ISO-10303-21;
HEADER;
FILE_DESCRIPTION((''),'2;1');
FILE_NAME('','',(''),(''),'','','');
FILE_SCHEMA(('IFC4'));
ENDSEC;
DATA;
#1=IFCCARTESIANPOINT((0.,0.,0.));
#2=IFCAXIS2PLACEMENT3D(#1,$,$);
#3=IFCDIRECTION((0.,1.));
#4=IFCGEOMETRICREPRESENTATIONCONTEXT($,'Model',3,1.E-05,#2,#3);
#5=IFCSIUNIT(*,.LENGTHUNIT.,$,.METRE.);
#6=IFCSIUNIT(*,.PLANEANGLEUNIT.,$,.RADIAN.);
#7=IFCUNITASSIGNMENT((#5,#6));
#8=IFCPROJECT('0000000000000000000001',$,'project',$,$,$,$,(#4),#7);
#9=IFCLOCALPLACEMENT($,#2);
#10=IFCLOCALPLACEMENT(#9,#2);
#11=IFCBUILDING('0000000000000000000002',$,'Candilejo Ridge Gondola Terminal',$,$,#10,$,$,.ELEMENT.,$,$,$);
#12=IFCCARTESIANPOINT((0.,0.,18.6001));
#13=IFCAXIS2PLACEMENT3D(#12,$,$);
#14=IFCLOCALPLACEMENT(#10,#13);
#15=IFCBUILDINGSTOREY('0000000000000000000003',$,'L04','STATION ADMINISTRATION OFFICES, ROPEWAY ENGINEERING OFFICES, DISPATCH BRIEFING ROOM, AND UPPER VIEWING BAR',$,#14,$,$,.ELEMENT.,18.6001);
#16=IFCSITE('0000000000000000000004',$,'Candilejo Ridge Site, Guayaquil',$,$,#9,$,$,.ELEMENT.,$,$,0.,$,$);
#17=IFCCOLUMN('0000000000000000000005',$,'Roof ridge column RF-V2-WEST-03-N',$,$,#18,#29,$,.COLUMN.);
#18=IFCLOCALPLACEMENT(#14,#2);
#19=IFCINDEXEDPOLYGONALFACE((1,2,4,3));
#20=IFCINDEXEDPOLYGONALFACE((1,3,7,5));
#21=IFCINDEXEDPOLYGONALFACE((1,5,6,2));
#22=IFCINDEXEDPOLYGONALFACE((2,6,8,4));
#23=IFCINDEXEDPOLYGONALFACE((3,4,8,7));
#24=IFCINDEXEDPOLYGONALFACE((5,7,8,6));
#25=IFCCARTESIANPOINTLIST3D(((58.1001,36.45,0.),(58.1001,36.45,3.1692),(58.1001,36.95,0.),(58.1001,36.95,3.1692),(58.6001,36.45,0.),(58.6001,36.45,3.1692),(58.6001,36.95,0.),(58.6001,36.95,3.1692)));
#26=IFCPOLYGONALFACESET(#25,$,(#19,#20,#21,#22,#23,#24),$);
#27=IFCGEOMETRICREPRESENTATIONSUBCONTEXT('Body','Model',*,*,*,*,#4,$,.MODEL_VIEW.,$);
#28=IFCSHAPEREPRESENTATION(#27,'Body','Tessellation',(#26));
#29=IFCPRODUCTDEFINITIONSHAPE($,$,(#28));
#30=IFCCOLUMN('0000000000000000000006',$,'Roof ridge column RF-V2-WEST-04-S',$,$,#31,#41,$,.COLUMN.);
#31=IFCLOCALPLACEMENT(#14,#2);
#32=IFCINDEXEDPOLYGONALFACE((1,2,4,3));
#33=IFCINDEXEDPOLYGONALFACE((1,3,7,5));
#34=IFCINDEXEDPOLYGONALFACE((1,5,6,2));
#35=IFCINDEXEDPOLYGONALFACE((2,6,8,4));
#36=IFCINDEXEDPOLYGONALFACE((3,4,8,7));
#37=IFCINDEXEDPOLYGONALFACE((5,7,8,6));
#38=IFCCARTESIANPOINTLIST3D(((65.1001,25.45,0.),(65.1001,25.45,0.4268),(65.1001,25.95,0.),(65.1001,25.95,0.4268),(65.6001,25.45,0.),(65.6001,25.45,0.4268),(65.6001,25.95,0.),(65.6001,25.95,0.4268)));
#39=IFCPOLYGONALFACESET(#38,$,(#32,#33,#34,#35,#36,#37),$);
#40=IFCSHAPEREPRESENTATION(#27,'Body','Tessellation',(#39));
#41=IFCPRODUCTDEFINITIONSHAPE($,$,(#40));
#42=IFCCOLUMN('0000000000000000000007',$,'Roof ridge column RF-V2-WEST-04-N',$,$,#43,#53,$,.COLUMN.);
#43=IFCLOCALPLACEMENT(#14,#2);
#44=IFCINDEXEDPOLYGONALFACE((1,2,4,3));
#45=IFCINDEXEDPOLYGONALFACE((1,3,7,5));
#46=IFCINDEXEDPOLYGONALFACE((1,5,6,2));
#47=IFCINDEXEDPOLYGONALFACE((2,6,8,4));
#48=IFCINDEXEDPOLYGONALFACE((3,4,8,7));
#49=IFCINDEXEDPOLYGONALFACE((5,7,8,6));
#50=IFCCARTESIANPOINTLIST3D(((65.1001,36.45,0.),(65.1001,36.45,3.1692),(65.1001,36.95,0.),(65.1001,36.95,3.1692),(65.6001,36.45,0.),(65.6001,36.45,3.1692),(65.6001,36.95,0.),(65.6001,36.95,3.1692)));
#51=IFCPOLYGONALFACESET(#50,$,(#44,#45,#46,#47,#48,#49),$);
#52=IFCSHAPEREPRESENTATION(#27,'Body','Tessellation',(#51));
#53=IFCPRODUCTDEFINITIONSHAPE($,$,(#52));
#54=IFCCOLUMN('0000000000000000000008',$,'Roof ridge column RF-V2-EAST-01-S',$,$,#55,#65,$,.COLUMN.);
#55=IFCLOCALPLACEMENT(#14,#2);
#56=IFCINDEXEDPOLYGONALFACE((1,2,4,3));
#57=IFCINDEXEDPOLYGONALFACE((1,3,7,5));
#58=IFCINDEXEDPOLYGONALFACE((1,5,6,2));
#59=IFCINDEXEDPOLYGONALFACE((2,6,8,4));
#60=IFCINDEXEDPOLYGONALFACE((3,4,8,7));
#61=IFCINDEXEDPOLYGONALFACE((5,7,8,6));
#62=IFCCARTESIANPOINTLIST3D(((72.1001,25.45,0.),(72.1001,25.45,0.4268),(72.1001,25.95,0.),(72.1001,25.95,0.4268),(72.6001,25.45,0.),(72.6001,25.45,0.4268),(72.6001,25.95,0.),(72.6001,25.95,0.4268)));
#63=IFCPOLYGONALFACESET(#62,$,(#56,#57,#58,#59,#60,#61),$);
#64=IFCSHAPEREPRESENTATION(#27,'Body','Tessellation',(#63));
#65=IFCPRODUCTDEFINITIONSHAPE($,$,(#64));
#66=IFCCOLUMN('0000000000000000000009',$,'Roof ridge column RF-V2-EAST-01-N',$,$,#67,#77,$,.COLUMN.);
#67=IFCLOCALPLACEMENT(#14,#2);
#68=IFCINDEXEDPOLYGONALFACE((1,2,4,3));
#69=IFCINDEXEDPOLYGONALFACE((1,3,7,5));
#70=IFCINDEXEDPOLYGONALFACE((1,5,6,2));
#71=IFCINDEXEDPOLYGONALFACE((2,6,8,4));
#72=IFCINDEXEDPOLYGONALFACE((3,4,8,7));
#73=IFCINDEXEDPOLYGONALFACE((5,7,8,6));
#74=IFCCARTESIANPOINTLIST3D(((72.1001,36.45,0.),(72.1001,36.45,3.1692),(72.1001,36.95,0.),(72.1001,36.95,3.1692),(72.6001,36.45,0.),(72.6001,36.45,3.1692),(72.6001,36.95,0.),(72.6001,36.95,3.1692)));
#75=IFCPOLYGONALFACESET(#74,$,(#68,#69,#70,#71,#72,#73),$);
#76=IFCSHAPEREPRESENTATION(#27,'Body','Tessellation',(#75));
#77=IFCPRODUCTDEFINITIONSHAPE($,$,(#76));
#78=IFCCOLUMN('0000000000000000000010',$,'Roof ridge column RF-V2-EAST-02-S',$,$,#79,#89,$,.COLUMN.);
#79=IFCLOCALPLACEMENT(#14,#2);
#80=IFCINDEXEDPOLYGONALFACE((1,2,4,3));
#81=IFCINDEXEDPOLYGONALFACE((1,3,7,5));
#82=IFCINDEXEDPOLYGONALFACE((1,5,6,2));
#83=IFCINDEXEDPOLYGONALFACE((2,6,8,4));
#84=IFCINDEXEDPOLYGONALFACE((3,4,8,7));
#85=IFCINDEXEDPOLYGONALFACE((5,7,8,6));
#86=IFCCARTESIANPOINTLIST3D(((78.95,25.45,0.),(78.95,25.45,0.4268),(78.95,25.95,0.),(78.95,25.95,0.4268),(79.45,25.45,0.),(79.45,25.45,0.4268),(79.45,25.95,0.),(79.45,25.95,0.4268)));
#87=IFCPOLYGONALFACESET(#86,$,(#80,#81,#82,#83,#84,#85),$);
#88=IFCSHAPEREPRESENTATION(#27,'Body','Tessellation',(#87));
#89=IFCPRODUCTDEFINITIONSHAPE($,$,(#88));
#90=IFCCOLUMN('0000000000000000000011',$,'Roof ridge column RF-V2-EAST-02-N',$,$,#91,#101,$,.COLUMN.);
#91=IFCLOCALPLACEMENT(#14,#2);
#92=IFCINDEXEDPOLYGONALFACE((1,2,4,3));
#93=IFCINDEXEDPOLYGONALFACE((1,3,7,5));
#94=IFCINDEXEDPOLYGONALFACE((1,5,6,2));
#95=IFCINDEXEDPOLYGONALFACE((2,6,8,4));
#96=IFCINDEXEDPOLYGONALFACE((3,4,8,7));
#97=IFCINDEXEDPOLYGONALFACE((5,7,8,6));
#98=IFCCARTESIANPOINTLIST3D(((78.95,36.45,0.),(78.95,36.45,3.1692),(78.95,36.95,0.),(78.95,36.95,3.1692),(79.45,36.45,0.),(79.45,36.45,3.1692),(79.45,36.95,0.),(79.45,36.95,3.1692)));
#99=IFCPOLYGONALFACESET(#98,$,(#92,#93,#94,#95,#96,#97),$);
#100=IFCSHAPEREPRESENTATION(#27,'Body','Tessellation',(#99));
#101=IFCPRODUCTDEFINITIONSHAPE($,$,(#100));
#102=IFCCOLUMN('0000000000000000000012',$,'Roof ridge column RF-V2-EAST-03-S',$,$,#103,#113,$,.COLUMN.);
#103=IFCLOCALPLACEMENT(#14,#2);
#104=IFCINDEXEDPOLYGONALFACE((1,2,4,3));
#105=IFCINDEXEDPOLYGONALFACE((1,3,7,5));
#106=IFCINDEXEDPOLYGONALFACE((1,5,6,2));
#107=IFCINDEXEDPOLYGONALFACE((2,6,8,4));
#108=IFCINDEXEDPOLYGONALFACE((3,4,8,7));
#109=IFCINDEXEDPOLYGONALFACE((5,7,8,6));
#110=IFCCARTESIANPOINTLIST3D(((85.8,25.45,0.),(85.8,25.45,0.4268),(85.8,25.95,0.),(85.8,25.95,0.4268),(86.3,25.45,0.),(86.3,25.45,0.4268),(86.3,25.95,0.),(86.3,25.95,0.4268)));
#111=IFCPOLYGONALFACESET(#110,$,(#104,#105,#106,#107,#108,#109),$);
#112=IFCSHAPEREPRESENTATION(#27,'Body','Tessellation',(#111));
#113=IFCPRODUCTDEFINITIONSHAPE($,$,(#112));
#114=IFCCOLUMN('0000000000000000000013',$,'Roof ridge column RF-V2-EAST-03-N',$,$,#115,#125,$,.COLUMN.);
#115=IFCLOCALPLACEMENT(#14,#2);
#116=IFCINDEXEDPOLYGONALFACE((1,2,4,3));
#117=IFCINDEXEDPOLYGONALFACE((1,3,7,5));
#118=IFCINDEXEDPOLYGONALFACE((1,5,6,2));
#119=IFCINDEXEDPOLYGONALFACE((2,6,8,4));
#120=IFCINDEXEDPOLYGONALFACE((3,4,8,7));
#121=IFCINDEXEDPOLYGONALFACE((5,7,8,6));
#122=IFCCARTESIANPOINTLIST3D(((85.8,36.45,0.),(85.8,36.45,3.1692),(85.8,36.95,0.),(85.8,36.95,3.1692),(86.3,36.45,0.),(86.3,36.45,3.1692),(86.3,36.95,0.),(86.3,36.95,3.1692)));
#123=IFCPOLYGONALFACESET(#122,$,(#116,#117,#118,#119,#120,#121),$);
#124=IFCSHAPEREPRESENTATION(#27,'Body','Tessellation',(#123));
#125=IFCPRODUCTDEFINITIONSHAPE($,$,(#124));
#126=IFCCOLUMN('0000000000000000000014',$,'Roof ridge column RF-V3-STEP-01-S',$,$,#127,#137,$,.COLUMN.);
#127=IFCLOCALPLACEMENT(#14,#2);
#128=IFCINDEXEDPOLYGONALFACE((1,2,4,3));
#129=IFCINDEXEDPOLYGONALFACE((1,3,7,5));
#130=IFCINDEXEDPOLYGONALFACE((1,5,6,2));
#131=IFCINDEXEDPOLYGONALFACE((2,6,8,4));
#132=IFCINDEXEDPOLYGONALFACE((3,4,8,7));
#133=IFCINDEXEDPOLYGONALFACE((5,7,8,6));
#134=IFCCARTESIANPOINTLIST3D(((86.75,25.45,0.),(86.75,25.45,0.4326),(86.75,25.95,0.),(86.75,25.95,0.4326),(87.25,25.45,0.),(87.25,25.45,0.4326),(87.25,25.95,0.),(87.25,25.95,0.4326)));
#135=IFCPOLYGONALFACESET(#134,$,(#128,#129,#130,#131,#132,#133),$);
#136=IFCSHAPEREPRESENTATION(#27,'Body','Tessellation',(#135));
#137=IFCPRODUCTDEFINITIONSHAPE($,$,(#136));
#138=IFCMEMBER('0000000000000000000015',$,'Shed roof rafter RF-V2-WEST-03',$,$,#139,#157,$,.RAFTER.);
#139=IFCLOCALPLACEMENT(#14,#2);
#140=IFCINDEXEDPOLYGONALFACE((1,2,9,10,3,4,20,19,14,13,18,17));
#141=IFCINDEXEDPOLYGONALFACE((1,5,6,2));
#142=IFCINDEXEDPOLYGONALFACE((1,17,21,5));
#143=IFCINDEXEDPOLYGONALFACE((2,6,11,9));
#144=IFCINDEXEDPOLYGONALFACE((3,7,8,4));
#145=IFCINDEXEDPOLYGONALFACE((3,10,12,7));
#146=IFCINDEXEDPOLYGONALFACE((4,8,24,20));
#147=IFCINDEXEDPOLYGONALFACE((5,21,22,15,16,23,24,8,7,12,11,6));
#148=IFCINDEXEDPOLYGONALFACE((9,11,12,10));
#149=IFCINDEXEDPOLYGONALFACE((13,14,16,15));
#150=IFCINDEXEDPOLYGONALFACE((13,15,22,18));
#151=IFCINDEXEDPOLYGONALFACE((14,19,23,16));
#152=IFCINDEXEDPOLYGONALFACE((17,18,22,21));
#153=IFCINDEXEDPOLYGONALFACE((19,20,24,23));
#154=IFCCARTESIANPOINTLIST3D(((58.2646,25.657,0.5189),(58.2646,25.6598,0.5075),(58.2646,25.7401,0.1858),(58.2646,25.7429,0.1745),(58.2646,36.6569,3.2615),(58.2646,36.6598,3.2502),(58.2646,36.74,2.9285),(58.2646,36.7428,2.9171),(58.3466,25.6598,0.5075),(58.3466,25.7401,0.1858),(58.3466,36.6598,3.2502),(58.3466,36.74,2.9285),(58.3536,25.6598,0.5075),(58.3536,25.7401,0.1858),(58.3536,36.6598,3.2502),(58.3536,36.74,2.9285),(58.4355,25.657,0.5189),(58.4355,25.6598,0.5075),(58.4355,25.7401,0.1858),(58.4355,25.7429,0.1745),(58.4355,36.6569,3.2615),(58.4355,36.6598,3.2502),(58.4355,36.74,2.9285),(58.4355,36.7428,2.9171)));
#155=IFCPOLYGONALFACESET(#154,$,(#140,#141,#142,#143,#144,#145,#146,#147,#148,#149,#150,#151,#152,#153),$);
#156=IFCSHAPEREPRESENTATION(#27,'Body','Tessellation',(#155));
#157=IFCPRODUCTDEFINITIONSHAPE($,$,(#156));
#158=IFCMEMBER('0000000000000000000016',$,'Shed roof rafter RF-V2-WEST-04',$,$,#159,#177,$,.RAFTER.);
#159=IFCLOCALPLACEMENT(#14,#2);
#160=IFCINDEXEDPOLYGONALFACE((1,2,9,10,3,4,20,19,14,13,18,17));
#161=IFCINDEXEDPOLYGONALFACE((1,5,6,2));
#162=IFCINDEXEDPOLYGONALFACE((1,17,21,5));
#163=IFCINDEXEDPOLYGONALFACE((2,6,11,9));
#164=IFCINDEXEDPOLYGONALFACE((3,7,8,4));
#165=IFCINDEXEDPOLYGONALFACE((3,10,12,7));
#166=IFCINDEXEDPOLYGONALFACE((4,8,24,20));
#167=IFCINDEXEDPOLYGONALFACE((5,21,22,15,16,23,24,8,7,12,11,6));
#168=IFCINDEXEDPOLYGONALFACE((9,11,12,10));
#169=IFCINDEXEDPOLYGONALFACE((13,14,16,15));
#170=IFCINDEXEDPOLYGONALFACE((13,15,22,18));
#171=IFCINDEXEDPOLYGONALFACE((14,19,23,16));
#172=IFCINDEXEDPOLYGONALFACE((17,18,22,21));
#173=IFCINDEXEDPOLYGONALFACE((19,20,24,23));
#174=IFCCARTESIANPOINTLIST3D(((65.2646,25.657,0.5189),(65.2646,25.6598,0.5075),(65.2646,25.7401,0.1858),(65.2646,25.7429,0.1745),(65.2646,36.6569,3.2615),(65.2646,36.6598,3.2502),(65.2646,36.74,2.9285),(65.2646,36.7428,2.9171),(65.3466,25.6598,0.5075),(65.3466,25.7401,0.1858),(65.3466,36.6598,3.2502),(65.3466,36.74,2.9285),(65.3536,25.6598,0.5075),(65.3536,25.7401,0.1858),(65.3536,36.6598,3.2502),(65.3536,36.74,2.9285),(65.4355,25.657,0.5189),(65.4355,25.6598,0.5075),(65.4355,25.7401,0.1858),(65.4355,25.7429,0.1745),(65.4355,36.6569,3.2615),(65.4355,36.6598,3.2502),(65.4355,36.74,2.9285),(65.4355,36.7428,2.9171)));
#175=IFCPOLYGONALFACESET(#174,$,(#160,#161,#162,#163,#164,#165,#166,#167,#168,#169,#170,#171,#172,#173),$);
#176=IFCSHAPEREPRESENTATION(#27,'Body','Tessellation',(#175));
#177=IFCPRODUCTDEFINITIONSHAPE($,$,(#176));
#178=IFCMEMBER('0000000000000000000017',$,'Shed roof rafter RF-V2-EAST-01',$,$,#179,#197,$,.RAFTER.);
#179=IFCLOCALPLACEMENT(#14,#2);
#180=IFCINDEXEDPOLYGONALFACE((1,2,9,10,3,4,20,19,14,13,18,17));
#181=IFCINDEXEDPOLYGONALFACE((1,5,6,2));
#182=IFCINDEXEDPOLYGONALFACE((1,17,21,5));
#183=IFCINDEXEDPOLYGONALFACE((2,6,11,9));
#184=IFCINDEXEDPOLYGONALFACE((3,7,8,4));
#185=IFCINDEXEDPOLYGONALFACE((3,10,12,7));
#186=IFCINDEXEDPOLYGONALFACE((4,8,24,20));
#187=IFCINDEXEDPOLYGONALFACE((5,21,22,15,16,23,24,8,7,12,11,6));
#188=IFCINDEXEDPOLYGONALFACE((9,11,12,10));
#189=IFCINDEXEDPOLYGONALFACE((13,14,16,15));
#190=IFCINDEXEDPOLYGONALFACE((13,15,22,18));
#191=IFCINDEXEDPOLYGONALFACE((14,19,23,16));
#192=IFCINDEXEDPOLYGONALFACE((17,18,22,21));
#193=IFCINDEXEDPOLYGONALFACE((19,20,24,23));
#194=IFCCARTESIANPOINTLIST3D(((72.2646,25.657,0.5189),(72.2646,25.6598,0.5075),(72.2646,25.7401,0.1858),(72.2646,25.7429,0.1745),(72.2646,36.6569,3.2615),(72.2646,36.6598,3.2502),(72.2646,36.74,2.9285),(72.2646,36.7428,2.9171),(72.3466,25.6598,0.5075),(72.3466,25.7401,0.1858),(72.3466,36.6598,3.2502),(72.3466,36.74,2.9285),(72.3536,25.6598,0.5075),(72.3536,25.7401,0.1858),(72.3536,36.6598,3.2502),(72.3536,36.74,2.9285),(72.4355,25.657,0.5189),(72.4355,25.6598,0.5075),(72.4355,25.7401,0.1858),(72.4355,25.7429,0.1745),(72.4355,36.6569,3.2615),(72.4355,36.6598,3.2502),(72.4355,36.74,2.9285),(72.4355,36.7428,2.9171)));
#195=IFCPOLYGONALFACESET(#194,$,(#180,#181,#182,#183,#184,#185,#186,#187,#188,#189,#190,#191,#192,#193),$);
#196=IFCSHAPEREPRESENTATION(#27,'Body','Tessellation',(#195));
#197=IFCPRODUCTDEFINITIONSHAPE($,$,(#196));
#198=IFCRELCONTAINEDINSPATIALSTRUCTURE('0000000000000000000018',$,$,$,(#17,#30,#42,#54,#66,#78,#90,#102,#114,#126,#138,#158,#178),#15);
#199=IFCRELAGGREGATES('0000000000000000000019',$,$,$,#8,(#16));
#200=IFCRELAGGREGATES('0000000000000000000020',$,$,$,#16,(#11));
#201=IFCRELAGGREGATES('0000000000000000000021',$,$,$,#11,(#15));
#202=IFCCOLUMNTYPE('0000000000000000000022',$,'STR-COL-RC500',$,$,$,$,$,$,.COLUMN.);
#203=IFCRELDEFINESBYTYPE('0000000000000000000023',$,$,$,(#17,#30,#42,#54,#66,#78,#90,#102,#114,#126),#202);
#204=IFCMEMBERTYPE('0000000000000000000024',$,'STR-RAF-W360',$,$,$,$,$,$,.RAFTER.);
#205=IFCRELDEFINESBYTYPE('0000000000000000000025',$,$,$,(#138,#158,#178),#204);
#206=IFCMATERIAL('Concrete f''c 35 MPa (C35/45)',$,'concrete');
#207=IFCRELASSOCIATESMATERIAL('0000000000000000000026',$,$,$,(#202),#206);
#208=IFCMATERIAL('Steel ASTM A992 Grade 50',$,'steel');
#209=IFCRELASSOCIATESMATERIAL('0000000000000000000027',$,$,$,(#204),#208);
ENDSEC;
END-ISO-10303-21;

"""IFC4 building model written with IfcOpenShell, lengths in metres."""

from ifc_helpers import new_model, si_unit, direction, frame, origin, origin_2d, place, context, subcontext, project, spatial, rectangle, i_section, extrude, material, material_profile, profile_set, type_object, element, save


model = new_model("IFC4")

# Units and contexts
model_context = context("Model", 3, precision=1e-05, world=origin(), true_north=direction((0.0, 1.0)))
body_context = subcontext(model_context, "Body", "Model", "MODEL_VIEW")
ifc_project = project(units=[si_unit("LENGTHUNIT", "METRE"), si_unit("PLANEANGLEUNIT", "RADIAN")], contexts=[model_context])

# Site, building, storey
site_placement = place(None, origin())
site = spatial("IfcSite", under=ifc_project, at=site_placement, Name="Candilejo Ridge Site, Guayaquil", CompositionType="ELEMENT", RefElevation=0.0)
building_placement = place(site_placement, origin())
building = spatial("IfcBuilding", under=site, at=building_placement, Name="Candilejo Ridge Gondola Terminal", CompositionType="ELEMENT")
storey_placement = place(building_placement, frame((0.0, 0.0, 18.6001)))
storey = spatial("IfcBuildingStorey", under=building, at=storey_placement, Name="L04", Description="STATION ADMINISTRATION OFFICES, ROPEWAY ENGINEERING OFFICES, DISPATCH BRIEFING ROOM, AND UPPER VIEWING BAR", CompositionType="ELEMENT", Elevation=18.6001)

# Columns
ifc_material_1 = material(Name="Concrete f'c 35 MPa (C35/45)", Category="concrete")
ifc_material_profile_1 = material_profile(ifc_material_1, rectangle(XDim=0.5, YDim=0.5, at=origin_2d()))
ifc_profile_set_1 = profile_set([ifc_material_profile_1], Name="Concrete f'c 35 MPa (C35/45)")
column_type = type_object("IfcColumnType", Name="STR-COL-RC500", PredefinedType="COLUMN", material=ifc_profile_set_1)
column_1_placement = place(storey_placement, frame((58.3501, 36.7, 0.0), z_axis=(0.0, 0.0, 1.0), x_axis=(1.0, 0.0, 0.0)))
element("IfcColumn", 1, at=column_1_placement, inside=storey, type_object=column_type, Name="Roof ridge column RF-V2-WEST-03-N", PredefinedType="COLUMN", context=body_context, shape_type="SweptSolid", body=[
    extrude(rectangle(XDim=0.5, YDim=0.5, at=origin_2d()), origin(), (0.0, 0.0, 1.0), 3.1692),
])
column_2_placement = place(storey_placement, frame((65.3501, 25.7, 0.0), z_axis=(0.0, 0.0, 1.0), x_axis=(1.0, 0.0, 0.0)))
element("IfcColumn", 2, at=column_2_placement, inside=storey, type_object=column_type, Name="Roof ridge column RF-V2-WEST-04-S", PredefinedType="COLUMN", context=body_context, shape_type="SweptSolid", body=[
    extrude(rectangle(XDim=0.5, YDim=0.5, at=origin_2d()), origin(), (0.0, 0.0, 1.0), 0.4268),
])
column_3_placement = place(storey_placement, frame((65.3501, 36.7, 0.0), z_axis=(0.0, 0.0, 1.0), x_axis=(1.0, 0.0, 0.0)))
element("IfcColumn", 3, at=column_3_placement, inside=storey, type_object=column_type, Name="Roof ridge column RF-V2-WEST-04-N", PredefinedType="COLUMN", context=body_context, shape_type="SweptSolid", body=[
    extrude(rectangle(XDim=0.5, YDim=0.5, at=origin_2d()), origin(), (0.0, 0.0, 1.0), 3.1692),
])
column_4_placement = place(storey_placement, frame((72.3501, 25.7, 0.0), z_axis=(0.0, 0.0, 1.0), x_axis=(1.0, 0.0, 0.0)))
element("IfcColumn", 4, at=column_4_placement, inside=storey, type_object=column_type, Name="Roof ridge column RF-V2-EAST-01-S", PredefinedType="COLUMN", context=body_context, shape_type="SweptSolid", body=[
    extrude(rectangle(XDim=0.5, YDim=0.5, at=origin_2d()), origin(), (0.0, 0.0, 1.0), 0.4268),
])
column_5_placement = place(storey_placement, frame((72.3501, 36.7, 0.0), z_axis=(0.0, 0.0, 1.0), x_axis=(1.0, 0.0, 0.0)))
element("IfcColumn", 5, at=column_5_placement, inside=storey, type_object=column_type, Name="Roof ridge column RF-V2-EAST-01-N", PredefinedType="COLUMN", context=body_context, shape_type="SweptSolid", body=[
    extrude(rectangle(XDim=0.5, YDim=0.5, at=origin_2d()), origin(), (0.0, 0.0, 1.0), 3.1692),
])
column_6_placement = place(storey_placement, frame((79.2, 25.7, 0.0), z_axis=(0.0, 0.0, 1.0), x_axis=(1.0, 0.0, 0.0)))
element("IfcColumn", 6, at=column_6_placement, inside=storey, type_object=column_type, Name="Roof ridge column RF-V2-EAST-02-S", PredefinedType="COLUMN", context=body_context, shape_type="SweptSolid", body=[
    extrude(rectangle(XDim=0.5, YDim=0.5, at=origin_2d()), origin(), (0.0, 0.0, 1.0), 0.4268),
])
column_7_placement = place(storey_placement, frame((79.2, 36.7, 0.0), z_axis=(0.0, 0.0, 1.0), x_axis=(1.0, 0.0, 0.0)))
element("IfcColumn", 7, at=column_7_placement, inside=storey, type_object=column_type, Name="Roof ridge column RF-V2-EAST-02-N", PredefinedType="COLUMN", context=body_context, shape_type="SweptSolid", body=[
    extrude(rectangle(XDim=0.5, YDim=0.5, at=origin_2d()), origin(), (0.0, 0.0, 1.0), 3.1692),
])
column_8_placement = place(storey_placement, frame((86.05, 25.7, 0.0), z_axis=(0.0, 0.0, 1.0), x_axis=(1.0, 0.0, 0.0)))
element("IfcColumn", 8, at=column_8_placement, inside=storey, type_object=column_type, Name="Roof ridge column RF-V2-EAST-03-S", PredefinedType="COLUMN", context=body_context, shape_type="SweptSolid", body=[
    extrude(rectangle(XDim=0.5, YDim=0.5, at=origin_2d()), origin(), (0.0, 0.0, 1.0), 0.4268),
])
column_9_placement = place(storey_placement, frame((86.05, 36.7, 0.0), z_axis=(0.0, 0.0, 1.0), x_axis=(1.0, 0.0, 0.0)))
element("IfcColumn", 9, at=column_9_placement, inside=storey, type_object=column_type, Name="Roof ridge column RF-V2-EAST-03-N", PredefinedType="COLUMN", context=body_context, shape_type="SweptSolid", body=[
    extrude(rectangle(XDim=0.5, YDim=0.5, at=origin_2d()), origin(), (0.0, 0.0, 1.0), 3.1692),
])
column_10_placement = place(storey_placement, frame((87.0, 25.7, 0.0), z_axis=(0.0, 0.0, 1.0), x_axis=(1.0, 0.0, 0.0)))
element("IfcColumn", 10, at=column_10_placement, inside=storey, type_object=column_type, Name="Roof ridge column RF-V3-STEP-01-S", PredefinedType="COLUMN", context=body_context, shape_type="SweptSolid", body=[
    extrude(rectangle(XDim=0.5, YDim=0.5, at=origin_2d()), origin(), (0.0, 0.0, 1.0), 0.4326),
])

# Members
ifc_material_2 = material(Name="Steel ASTM A992 Grade 50", Category="steel")
ifc_material_profile_2 = material_profile(ifc_material_2, i_section(OverallWidth=0.1709, OverallDepth=0.355, WebThickness=0.0071, FlangeThickness=0.0117, at=origin_2d()))
ifc_profile_set_2 = profile_set([ifc_material_profile_2], Name="Steel ASTM A992 Grade 50")
member_type = type_object("IfcMemberType", Name="STR-RAF-W360", PredefinedType="RAFTER", material=ifc_profile_set_2)
for number, where, z_axis, x_axis, name in (
    (11, (58.3501, 25.7, 0.3467), (0.0, 0.970294, 0.241928), (-1.0, 0.0, 0.0), "Shed roof rafter RF-V2-WEST-03"),
    (12, (65.3501, 25.7, 0.3467), (0.0, 0.970294, 0.241928), (-1.0, 0.0, 0.0), "Shed roof rafter RF-V2-WEST-04"),
    (13, (72.3501, 25.7, 0.3467), (0.0, 0.970294, 0.241928), (-1.0, 0.0, 0.0), "Shed roof rafter RF-V2-EAST-01"),
):
    element("IfcMember", number, at=place(storey_placement, frame(where, z_axis=z_axis, x_axis=x_axis)), inside=storey, type_object=member_type, Name=name, PredefinedType="RAFTER", context=body_context, shape_type="SweptSolid", body=[
        extrude(i_section(OverallWidth=0.1709, OverallDepth=0.355, WebThickness=0.0071, FlangeThickness=0.0117, at=origin_2d()), origin(), (0.0, 0.0, 1.0), 11.3367),
    ])

save(model, "model.ifc")
